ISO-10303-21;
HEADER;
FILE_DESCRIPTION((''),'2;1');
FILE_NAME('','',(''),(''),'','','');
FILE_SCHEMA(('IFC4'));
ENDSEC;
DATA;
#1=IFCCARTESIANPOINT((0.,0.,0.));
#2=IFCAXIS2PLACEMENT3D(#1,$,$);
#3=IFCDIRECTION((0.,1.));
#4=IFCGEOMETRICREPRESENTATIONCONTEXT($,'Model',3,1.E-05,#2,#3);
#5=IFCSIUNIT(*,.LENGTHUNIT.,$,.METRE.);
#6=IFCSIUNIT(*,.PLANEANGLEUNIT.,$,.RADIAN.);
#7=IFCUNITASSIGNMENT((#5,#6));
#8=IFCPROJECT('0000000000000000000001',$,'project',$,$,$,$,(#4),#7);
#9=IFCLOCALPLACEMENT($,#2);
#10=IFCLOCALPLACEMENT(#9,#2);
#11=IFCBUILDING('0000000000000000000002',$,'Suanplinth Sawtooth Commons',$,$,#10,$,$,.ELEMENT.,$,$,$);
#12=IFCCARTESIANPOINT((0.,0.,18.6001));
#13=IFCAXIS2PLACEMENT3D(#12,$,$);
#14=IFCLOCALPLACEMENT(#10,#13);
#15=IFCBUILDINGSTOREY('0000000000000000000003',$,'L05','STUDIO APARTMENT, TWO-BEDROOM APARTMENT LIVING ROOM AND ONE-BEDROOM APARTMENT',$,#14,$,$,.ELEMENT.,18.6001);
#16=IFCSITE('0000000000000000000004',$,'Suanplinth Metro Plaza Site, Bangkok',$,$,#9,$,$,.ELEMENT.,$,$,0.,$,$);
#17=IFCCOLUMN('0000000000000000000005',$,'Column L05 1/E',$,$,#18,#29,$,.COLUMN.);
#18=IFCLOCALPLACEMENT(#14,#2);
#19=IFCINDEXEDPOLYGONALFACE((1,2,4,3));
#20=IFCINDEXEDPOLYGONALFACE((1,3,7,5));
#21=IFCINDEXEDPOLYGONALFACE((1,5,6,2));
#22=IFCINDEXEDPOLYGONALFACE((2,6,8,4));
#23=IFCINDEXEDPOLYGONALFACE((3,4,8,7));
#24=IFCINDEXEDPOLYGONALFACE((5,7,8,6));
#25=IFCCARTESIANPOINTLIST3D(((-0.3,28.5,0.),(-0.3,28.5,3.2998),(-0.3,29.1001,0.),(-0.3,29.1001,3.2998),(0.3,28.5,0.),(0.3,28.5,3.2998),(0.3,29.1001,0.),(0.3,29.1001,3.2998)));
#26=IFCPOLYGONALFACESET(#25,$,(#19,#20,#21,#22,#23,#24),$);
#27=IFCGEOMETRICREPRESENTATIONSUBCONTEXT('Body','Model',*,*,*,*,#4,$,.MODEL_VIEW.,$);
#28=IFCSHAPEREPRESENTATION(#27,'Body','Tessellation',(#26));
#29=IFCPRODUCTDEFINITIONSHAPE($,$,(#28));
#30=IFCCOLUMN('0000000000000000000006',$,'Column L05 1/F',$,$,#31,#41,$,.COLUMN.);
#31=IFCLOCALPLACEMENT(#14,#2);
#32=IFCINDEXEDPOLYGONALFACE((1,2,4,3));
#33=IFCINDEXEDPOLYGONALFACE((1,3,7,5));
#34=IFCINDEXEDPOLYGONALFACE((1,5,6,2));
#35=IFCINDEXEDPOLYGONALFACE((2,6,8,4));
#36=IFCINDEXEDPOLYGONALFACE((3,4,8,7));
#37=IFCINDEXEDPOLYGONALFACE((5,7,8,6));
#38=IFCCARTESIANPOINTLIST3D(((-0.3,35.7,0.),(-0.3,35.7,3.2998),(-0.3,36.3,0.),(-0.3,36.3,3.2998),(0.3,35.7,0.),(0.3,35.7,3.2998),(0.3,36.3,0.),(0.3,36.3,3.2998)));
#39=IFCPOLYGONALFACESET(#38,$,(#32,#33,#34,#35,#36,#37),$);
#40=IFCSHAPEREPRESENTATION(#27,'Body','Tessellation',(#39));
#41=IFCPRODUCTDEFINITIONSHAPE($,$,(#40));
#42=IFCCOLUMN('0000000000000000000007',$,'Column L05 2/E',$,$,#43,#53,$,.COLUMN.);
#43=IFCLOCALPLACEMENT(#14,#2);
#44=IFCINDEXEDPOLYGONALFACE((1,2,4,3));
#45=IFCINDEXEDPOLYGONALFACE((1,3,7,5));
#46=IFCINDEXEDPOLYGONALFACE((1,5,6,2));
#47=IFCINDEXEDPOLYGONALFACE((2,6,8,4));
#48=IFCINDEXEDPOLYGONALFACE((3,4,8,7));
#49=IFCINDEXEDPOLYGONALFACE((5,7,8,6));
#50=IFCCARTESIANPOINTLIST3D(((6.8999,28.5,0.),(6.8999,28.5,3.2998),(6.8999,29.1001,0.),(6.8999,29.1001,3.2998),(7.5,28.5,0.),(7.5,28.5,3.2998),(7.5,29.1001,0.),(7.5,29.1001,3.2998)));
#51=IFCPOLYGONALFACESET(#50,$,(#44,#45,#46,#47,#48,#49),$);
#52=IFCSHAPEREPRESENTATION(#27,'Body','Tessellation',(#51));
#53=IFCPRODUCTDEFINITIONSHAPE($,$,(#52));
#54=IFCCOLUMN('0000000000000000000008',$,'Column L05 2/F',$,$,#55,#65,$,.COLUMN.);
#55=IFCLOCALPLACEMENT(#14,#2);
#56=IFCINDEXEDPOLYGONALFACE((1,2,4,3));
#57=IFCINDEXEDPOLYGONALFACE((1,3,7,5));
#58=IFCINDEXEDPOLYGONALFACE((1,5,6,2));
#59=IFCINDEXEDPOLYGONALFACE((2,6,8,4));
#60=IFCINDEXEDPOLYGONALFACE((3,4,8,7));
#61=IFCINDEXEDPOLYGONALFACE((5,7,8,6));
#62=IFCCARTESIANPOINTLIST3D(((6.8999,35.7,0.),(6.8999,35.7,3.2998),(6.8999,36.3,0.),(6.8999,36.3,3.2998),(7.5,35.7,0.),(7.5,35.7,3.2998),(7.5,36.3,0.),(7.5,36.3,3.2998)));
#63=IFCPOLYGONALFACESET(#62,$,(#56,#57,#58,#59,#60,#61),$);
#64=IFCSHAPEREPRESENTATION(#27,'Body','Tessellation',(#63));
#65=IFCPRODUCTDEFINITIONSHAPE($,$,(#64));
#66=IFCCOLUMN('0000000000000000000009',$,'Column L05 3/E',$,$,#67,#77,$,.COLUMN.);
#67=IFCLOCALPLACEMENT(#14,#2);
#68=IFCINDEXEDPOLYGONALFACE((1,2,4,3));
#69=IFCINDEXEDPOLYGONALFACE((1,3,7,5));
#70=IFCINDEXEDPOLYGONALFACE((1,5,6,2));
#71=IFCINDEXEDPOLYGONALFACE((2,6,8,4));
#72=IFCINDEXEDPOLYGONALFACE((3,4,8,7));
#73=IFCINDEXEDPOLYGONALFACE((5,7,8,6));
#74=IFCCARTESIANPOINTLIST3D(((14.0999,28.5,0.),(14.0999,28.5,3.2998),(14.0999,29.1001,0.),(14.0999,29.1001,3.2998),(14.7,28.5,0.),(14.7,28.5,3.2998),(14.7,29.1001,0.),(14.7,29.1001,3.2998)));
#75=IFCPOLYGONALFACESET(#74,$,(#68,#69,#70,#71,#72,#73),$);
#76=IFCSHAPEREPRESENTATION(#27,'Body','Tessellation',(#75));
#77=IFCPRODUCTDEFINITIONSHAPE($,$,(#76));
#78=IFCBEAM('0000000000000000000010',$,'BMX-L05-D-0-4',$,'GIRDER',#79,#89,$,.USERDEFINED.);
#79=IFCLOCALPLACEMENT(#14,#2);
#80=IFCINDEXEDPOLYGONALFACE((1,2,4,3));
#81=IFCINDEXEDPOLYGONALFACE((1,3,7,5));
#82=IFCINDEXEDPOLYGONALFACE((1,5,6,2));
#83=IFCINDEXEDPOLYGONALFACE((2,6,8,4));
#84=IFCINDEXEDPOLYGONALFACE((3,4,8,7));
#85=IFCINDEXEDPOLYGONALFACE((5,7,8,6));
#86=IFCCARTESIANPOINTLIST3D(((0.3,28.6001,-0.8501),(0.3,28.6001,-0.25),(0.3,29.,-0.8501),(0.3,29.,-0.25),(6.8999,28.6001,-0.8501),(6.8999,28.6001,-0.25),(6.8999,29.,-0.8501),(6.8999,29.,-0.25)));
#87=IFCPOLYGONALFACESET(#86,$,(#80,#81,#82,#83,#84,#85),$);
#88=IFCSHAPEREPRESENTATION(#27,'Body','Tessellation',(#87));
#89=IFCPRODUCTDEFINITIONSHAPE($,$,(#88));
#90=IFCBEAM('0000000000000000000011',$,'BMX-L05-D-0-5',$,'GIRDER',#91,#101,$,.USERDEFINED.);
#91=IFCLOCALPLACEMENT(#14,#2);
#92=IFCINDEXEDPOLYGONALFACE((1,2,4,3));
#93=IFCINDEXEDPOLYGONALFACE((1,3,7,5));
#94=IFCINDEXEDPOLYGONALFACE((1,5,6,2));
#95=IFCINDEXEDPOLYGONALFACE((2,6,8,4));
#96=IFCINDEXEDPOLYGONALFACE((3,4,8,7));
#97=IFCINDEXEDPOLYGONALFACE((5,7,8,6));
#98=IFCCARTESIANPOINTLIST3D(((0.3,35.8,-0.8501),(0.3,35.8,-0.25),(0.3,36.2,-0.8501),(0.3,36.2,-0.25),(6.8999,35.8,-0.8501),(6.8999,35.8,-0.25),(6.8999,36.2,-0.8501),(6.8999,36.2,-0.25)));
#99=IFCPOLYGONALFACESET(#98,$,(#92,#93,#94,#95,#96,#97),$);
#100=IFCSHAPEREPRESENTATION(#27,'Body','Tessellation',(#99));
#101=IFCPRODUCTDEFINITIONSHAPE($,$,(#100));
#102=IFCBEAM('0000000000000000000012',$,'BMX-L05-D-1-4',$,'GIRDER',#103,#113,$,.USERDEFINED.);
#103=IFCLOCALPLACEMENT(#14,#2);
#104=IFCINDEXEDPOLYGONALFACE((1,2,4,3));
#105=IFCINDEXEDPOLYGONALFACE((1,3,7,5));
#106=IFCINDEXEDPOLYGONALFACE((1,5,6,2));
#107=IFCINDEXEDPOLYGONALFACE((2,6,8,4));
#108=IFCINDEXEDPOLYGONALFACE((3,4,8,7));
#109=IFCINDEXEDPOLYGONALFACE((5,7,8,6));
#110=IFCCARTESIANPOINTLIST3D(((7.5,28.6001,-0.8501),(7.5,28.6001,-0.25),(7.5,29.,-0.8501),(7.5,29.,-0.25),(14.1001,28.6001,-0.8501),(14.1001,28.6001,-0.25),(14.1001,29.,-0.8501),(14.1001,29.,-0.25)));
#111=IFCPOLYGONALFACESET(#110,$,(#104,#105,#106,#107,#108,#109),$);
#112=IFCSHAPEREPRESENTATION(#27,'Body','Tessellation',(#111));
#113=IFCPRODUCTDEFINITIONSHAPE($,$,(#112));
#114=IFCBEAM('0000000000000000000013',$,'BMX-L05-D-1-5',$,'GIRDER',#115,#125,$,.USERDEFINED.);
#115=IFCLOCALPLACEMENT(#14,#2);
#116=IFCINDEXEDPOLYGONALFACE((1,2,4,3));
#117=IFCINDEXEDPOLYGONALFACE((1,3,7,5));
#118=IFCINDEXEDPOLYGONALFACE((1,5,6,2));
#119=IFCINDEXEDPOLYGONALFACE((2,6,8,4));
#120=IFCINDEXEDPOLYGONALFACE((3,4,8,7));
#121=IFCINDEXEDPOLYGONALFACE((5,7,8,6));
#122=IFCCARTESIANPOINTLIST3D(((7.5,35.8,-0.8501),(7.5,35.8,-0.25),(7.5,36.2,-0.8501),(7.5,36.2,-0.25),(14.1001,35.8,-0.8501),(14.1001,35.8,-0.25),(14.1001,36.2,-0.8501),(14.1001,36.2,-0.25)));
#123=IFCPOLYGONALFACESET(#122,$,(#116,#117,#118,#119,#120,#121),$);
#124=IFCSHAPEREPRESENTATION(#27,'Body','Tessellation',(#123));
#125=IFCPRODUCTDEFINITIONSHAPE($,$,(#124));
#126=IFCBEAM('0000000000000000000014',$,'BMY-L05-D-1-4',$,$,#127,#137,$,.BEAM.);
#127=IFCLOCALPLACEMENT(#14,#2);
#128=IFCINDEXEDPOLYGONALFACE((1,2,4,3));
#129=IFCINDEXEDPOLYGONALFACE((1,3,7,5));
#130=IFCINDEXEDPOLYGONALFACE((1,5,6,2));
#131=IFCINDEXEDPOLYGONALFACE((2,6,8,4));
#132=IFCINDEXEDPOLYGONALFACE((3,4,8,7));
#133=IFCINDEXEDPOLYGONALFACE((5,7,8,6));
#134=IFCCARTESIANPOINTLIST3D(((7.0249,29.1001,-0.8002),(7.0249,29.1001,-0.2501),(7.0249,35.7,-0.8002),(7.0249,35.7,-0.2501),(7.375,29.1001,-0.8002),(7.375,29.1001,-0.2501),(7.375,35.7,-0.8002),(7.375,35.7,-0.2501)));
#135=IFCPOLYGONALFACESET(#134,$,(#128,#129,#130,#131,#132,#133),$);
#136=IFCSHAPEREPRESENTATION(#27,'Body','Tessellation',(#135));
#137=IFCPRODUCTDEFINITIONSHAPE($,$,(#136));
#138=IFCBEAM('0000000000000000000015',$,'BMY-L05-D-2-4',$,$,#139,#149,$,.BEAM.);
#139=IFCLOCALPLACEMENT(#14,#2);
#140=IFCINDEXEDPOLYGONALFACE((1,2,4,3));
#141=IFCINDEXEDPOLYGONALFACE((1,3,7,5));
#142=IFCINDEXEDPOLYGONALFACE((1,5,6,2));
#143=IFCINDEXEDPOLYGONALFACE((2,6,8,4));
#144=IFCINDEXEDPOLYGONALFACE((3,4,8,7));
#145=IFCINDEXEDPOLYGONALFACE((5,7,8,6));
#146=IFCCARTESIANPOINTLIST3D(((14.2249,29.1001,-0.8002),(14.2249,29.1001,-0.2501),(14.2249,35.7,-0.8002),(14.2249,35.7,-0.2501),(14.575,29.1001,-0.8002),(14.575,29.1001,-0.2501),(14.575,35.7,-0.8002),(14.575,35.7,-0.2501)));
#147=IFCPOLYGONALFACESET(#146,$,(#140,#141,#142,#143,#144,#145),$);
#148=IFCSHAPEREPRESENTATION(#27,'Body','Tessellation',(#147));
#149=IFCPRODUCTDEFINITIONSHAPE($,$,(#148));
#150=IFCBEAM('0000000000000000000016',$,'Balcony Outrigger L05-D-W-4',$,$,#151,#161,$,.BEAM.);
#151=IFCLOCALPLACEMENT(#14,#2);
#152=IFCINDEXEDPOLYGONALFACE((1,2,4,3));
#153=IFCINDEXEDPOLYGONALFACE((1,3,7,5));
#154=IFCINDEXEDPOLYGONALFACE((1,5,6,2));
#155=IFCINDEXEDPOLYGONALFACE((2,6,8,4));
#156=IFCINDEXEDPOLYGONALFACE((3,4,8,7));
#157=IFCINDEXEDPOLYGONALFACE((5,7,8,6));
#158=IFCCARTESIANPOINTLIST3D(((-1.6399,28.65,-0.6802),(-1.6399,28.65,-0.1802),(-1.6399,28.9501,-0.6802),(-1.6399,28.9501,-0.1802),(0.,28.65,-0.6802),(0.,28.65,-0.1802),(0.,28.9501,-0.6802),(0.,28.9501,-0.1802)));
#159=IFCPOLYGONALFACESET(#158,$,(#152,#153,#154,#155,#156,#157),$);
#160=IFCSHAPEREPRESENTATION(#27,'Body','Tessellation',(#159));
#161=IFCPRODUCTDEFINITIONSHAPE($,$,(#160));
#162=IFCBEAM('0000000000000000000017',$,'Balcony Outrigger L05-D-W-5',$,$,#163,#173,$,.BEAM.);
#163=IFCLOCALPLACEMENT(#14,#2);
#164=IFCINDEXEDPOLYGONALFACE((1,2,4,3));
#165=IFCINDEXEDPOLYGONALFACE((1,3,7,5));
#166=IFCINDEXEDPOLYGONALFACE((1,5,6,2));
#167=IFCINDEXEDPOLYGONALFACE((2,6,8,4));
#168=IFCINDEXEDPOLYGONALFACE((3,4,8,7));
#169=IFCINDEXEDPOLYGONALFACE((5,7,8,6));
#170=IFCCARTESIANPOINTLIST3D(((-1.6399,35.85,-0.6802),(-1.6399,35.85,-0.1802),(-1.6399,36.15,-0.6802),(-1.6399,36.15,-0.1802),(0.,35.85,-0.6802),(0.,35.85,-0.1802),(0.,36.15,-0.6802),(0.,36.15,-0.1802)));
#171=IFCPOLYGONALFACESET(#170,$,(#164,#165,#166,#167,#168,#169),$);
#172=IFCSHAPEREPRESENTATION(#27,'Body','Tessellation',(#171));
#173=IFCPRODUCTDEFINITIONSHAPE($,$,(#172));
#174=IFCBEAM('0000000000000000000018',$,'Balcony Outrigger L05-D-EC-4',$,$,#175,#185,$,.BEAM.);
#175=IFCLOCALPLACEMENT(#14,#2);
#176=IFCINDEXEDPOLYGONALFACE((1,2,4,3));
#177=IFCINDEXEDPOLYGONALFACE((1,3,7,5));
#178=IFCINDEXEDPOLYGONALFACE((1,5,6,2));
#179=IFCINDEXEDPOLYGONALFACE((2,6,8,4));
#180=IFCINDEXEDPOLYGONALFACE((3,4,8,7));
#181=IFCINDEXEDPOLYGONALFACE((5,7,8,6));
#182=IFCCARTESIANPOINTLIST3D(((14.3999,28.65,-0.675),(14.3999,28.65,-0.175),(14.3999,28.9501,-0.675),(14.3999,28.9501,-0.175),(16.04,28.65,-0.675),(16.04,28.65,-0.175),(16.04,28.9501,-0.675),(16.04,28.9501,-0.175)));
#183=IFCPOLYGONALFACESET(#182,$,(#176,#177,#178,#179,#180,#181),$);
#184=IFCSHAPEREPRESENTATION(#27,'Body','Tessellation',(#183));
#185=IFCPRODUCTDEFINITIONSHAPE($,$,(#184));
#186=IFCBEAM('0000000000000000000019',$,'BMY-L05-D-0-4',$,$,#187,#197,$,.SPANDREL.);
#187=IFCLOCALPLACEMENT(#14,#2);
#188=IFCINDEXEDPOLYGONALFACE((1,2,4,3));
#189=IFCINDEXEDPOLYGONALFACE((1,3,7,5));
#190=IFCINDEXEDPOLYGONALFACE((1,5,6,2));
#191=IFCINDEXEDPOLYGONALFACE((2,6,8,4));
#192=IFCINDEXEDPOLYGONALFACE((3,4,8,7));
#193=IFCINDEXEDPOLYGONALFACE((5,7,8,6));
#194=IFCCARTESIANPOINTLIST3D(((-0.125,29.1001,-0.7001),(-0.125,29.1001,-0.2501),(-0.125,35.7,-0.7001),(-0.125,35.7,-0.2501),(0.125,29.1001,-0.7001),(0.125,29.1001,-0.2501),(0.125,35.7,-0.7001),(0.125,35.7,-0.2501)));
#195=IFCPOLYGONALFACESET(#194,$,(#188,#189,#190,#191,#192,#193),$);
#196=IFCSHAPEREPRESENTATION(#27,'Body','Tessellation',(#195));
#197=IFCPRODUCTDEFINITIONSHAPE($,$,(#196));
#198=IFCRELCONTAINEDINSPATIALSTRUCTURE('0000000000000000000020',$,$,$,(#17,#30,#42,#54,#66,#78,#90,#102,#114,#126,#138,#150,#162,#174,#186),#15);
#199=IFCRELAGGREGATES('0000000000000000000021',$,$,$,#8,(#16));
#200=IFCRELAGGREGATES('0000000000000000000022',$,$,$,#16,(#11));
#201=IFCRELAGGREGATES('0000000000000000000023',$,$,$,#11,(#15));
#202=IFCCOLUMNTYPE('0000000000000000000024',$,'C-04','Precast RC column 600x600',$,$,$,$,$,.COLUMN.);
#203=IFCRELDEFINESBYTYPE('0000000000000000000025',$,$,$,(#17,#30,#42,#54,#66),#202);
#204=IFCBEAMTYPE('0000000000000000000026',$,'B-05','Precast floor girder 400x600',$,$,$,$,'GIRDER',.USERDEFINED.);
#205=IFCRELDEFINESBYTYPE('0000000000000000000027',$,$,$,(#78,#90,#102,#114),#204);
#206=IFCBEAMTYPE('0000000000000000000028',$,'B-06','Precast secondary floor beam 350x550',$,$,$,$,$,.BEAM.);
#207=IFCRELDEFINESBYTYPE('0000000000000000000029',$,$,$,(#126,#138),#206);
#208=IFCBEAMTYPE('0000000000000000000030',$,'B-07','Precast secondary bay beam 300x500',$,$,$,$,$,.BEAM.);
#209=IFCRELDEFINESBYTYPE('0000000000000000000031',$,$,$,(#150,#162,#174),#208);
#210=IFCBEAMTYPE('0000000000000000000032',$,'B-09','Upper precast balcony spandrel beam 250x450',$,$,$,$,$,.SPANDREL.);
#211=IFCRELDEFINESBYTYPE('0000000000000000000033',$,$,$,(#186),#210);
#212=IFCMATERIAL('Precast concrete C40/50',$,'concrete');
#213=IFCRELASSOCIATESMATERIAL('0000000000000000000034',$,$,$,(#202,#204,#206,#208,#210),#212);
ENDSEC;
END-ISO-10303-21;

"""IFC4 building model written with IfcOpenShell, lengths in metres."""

from ifc_helpers import new_model, si_unit, direction, frame, origin, origin_2d, place, context, subcontext, project, spatial, rectangle, extrude, material, material_profile, profile_set, type_object, element, save


model = new_model("IFC4")

# Units and contexts
model_context = context("Model", 3, precision=1e-05, world=origin(), true_north=direction((0.0, 1.0)))
body_context = subcontext(model_context, "Body", "Model", "MODEL_VIEW")
ifc_project = project(units=[si_unit("LENGTHUNIT", "METRE"), si_unit("PLANEANGLEUNIT", "RADIAN")], contexts=[model_context])

# Site, building, storey
site_placement = place(None, origin())
site = spatial("IfcSite", under=ifc_project, at=site_placement, Name="Suanplinth Metro Plaza Site, Bangkok", CompositionType="ELEMENT", RefElevation=0.0)
building_placement = place(site_placement, origin())
building = spatial("IfcBuilding", under=site, at=building_placement, Name="Suanplinth Sawtooth Commons", CompositionType="ELEMENT")
storey_placement = place(building_placement, frame((0.0, 0.0, 18.6001)))
storey = spatial("IfcBuildingStorey", under=building, at=storey_placement, Name="L05", Description="STUDIO APARTMENT, TWO-BEDROOM APARTMENT LIVING ROOM AND ONE-BEDROOM APARTMENT", CompositionType="ELEMENT", Elevation=18.6001)

# Columns
ifc_material_1 = material(Name="Precast concrete C40/50", Category="concrete")
ifc_material_profile_1 = material_profile(ifc_material_1, rectangle(XDim=0.6001, YDim=0.6001, at=origin_2d()), Name="PC-COL 600x600")
ifc_profile_set_1 = profile_set([ifc_material_profile_1], Name="Precast concrete C40/50")
column_type = type_object("IfcColumnType", Name="C-04", Description="Precast RC column 600x600", PredefinedType="COLUMN", material=ifc_profile_set_1)
for number, where, z_axis, x_axis, name in (
    (1, (0.0, 28.8, 0.0), (0.0, 0.0, 1.0), (1.0, 0.0, 0.0), "Column L05 1/E"),
    (2, (0.0, 36.0, 0.0), (0.0, 0.0, 1.0), (1.0, 0.0, 0.0), "Column L05 1/F"),
    (3, (7.2, 28.8, 0.0), (0.0, 0.0, 1.0), (1.0, 0.0, 0.0), "Column L05 2/E"),
    (4, (7.2, 36.0, 0.0), (0.0, 0.0, 1.0), (1.0, 0.0, 0.0), "Column L05 2/F"),
    (5, (14.3999, 28.8, 0.0), (0.0, 0.0, 1.0), (1.0, 0.0, 0.0), "Column L05 3/E"),
):
    element("IfcColumn", number, at=place(storey_placement, frame(where, z_axis=z_axis, x_axis=x_axis)), inside=storey, type_object=column_type, Name=name, PredefinedType="COLUMN", context=body_context, shape_type="SweptSolid", body=[
        extrude(rectangle(XDim=0.6001, YDim=0.6001, at=origin_2d()), origin(), (0.0, 0.0, 1.0), 3.2998),
    ])

# Beams
ifc_material_profile_2 = material_profile(ifc_material_1, rectangle(XDim=0.3999, YDim=0.6001, at=origin_2d()), Name="PC-GDR 400x600")
ifc_profile_set_2 = profile_set([ifc_material_profile_2], Name="Precast concrete C40/50")
beam_type_1 = type_object("IfcBeamType", Name="B-05", Description="Precast floor girder 400x600", ElementType="GIRDER", PredefinedType="USERDEFINED", material=ifc_profile_set_2)
for number, where, z_axis, x_axis, name in (
    (6, (0.3, 28.8, -0.55), (1.0, 0.0, 0.0), (0.0, 1.0, 0.0), "BMX-L05-D-0-4"),
    (7, (0.3, 36.0, -0.55), (1.0, 0.0, 0.0), (0.0, 1.0, 0.0), "BMX-L05-D-0-5"),
):
    element("IfcBeam", number, at=place(storey_placement, frame(where, z_axis=z_axis, x_axis=x_axis)), inside=storey, type_object=beam_type_1, Name=name, ObjectType="GIRDER", PredefinedType="USERDEFINED", context=body_context, shape_type="SweptSolid", body=[
        extrude(rectangle(XDim=0.3999, YDim=0.6001, at=origin_2d()), origin(), (0.0, 0.0, 1.0), 6.5999),
    ])
for number, where, z_axis, x_axis, name in (
    (8, (7.5, 28.8, -0.55), (1.0, 0.0, 0.0), (0.0, 1.0, 0.0), "BMX-L05-D-1-4"),
    (9, (7.5, 36.0, -0.55), (1.0, 0.0, 0.0), (0.0, 1.0, 0.0), "BMX-L05-D-1-5"),
):
    element("IfcBeam", number, at=place(storey_placement, frame(where, z_axis=z_axis, x_axis=x_axis)), inside=storey, type_object=beam_type_1, Name=name, ObjectType="GIRDER", PredefinedType="USERDEFINED", context=body_context, shape_type="SweptSolid", body=[
        extrude(rectangle(XDim=0.3999, YDim=0.6001, at=origin_2d()), origin(), (0.0, 0.0, 1.0), 6.6001),
    ])
ifc_material_profile_3 = material_profile(ifc_material_1, rectangle(XDim=0.3501, YDim=0.55, at=origin_2d()), Name="PC-BM 350x550")
ifc_profile_set_3 = profile_set([ifc_material_profile_3], Name="Precast concrete C40/50")
beam_type_2 = type_object("IfcBeamType", Name="B-06", Description="Precast secondary floor beam 350x550", PredefinedType="BEAM", material=ifc_profile_set_3)
for number, where, z_axis, x_axis, name in (
    (10, (7.2, 29.1001, -0.5251), (0.0, 1.0, 0.0), (-1.0, 0.0, 0.0), "BMY-L05-D-1-4"),
    (11, (14.3999, 29.1001, -0.5251), (0.0, 1.0, 0.0), (-1.0, 0.0, 0.0), "BMY-L05-D-2-4"),
):
    element("IfcBeam", number, at=place(storey_placement, frame(where, z_axis=z_axis, x_axis=x_axis)), inside=storey, type_object=beam_type_2, Name=name, PredefinedType="BEAM", context=body_context, shape_type="SweptSolid", body=[
        extrude(rectangle(XDim=0.3501, YDim=0.55, at=origin_2d()), origin(), (0.0, 0.0, 1.0), 6.5999),
    ])
ifc_material_profile_4 = material_profile(ifc_material_1, rectangle(XDim=0.3, YDim=0.5, at=origin_2d()), Name="PC-BM 300x500")
ifc_profile_set_4 = profile_set([ifc_material_profile_4], Name="Precast concrete C40/50")
beam_type_3 = type_object("IfcBeamType", Name="B-07", Description="Precast secondary bay beam 300x500", PredefinedType="BEAM", material=ifc_profile_set_4)
for number, where, z_axis, x_axis, name in (
    (12, (0.0, 28.8, -0.4302), (-1.0, 0.0, 0.0), (0.0, -1.0, 0.0), "Balcony Outrigger L05-D-W-4"),
    (13, (0.0, 36.0, -0.4302), (-1.0, 0.0, 0.0), (0.0, -1.0, 0.0), "Balcony Outrigger L05-D-W-5"),
):
    element("IfcBeam", number, at=place(storey_placement, frame(where, z_axis=z_axis, x_axis=x_axis)), inside=storey, type_object=beam_type_3, Name=name, PredefinedType="BEAM", context=body_context, shape_type="SweptSolid", body=[
        extrude(rectangle(XDim=0.3, YDim=0.5, at=origin_2d()), origin(), (0.0, 0.0, 1.0), 1.6399),
    ])
beam_1_placement = place(storey_placement, frame((14.3999, 28.8, -0.425), z_axis=(1.0, 0.0, 0.0), x_axis=(0.0, 1.0, 0.0)))
element("IfcBeam", 14, at=beam_1_placement, inside=storey, type_object=beam_type_3, Name="Balcony Outrigger L05-D-EC-4", PredefinedType="BEAM", context=body_context, shape_type="SweptSolid", body=[
    extrude(rectangle(XDim=0.3, YDim=0.5, at=origin_2d()), origin(), (0.0, 0.0, 1.0), 1.6401),
])
ifc_material_profile_5 = material_profile(ifc_material_1, rectangle(XDim=0.25, YDim=0.45, at=origin_2d()), Name="PC-SP 250x450")
ifc_profile_set_5 = profile_set([ifc_material_profile_5], Name="Precast concrete C40/50")
beam_type_4 = type_object("IfcBeamType", Name="B-09", Description="Upper precast balcony spandrel beam 250x450", PredefinedType="SPANDREL", material=ifc_profile_set_5)
beam_2_placement = place(storey_placement, frame((0.0, 29.1001, -0.4751), z_axis=(0.0, 1.0, 0.0), x_axis=(-1.0, 0.0, 0.0)))
element("IfcBeam", 15, at=beam_2_placement, inside=storey, type_object=beam_type_4, Name="BMY-L05-D-0-4", PredefinedType="SPANDREL", context=body_context, shape_type="SweptSolid", body=[
    extrude(rectangle(XDim=0.25, YDim=0.45, at=origin_2d()), origin(), (0.0, 0.0, 1.0), 6.5999),
])

save(model, "model.ifc")
